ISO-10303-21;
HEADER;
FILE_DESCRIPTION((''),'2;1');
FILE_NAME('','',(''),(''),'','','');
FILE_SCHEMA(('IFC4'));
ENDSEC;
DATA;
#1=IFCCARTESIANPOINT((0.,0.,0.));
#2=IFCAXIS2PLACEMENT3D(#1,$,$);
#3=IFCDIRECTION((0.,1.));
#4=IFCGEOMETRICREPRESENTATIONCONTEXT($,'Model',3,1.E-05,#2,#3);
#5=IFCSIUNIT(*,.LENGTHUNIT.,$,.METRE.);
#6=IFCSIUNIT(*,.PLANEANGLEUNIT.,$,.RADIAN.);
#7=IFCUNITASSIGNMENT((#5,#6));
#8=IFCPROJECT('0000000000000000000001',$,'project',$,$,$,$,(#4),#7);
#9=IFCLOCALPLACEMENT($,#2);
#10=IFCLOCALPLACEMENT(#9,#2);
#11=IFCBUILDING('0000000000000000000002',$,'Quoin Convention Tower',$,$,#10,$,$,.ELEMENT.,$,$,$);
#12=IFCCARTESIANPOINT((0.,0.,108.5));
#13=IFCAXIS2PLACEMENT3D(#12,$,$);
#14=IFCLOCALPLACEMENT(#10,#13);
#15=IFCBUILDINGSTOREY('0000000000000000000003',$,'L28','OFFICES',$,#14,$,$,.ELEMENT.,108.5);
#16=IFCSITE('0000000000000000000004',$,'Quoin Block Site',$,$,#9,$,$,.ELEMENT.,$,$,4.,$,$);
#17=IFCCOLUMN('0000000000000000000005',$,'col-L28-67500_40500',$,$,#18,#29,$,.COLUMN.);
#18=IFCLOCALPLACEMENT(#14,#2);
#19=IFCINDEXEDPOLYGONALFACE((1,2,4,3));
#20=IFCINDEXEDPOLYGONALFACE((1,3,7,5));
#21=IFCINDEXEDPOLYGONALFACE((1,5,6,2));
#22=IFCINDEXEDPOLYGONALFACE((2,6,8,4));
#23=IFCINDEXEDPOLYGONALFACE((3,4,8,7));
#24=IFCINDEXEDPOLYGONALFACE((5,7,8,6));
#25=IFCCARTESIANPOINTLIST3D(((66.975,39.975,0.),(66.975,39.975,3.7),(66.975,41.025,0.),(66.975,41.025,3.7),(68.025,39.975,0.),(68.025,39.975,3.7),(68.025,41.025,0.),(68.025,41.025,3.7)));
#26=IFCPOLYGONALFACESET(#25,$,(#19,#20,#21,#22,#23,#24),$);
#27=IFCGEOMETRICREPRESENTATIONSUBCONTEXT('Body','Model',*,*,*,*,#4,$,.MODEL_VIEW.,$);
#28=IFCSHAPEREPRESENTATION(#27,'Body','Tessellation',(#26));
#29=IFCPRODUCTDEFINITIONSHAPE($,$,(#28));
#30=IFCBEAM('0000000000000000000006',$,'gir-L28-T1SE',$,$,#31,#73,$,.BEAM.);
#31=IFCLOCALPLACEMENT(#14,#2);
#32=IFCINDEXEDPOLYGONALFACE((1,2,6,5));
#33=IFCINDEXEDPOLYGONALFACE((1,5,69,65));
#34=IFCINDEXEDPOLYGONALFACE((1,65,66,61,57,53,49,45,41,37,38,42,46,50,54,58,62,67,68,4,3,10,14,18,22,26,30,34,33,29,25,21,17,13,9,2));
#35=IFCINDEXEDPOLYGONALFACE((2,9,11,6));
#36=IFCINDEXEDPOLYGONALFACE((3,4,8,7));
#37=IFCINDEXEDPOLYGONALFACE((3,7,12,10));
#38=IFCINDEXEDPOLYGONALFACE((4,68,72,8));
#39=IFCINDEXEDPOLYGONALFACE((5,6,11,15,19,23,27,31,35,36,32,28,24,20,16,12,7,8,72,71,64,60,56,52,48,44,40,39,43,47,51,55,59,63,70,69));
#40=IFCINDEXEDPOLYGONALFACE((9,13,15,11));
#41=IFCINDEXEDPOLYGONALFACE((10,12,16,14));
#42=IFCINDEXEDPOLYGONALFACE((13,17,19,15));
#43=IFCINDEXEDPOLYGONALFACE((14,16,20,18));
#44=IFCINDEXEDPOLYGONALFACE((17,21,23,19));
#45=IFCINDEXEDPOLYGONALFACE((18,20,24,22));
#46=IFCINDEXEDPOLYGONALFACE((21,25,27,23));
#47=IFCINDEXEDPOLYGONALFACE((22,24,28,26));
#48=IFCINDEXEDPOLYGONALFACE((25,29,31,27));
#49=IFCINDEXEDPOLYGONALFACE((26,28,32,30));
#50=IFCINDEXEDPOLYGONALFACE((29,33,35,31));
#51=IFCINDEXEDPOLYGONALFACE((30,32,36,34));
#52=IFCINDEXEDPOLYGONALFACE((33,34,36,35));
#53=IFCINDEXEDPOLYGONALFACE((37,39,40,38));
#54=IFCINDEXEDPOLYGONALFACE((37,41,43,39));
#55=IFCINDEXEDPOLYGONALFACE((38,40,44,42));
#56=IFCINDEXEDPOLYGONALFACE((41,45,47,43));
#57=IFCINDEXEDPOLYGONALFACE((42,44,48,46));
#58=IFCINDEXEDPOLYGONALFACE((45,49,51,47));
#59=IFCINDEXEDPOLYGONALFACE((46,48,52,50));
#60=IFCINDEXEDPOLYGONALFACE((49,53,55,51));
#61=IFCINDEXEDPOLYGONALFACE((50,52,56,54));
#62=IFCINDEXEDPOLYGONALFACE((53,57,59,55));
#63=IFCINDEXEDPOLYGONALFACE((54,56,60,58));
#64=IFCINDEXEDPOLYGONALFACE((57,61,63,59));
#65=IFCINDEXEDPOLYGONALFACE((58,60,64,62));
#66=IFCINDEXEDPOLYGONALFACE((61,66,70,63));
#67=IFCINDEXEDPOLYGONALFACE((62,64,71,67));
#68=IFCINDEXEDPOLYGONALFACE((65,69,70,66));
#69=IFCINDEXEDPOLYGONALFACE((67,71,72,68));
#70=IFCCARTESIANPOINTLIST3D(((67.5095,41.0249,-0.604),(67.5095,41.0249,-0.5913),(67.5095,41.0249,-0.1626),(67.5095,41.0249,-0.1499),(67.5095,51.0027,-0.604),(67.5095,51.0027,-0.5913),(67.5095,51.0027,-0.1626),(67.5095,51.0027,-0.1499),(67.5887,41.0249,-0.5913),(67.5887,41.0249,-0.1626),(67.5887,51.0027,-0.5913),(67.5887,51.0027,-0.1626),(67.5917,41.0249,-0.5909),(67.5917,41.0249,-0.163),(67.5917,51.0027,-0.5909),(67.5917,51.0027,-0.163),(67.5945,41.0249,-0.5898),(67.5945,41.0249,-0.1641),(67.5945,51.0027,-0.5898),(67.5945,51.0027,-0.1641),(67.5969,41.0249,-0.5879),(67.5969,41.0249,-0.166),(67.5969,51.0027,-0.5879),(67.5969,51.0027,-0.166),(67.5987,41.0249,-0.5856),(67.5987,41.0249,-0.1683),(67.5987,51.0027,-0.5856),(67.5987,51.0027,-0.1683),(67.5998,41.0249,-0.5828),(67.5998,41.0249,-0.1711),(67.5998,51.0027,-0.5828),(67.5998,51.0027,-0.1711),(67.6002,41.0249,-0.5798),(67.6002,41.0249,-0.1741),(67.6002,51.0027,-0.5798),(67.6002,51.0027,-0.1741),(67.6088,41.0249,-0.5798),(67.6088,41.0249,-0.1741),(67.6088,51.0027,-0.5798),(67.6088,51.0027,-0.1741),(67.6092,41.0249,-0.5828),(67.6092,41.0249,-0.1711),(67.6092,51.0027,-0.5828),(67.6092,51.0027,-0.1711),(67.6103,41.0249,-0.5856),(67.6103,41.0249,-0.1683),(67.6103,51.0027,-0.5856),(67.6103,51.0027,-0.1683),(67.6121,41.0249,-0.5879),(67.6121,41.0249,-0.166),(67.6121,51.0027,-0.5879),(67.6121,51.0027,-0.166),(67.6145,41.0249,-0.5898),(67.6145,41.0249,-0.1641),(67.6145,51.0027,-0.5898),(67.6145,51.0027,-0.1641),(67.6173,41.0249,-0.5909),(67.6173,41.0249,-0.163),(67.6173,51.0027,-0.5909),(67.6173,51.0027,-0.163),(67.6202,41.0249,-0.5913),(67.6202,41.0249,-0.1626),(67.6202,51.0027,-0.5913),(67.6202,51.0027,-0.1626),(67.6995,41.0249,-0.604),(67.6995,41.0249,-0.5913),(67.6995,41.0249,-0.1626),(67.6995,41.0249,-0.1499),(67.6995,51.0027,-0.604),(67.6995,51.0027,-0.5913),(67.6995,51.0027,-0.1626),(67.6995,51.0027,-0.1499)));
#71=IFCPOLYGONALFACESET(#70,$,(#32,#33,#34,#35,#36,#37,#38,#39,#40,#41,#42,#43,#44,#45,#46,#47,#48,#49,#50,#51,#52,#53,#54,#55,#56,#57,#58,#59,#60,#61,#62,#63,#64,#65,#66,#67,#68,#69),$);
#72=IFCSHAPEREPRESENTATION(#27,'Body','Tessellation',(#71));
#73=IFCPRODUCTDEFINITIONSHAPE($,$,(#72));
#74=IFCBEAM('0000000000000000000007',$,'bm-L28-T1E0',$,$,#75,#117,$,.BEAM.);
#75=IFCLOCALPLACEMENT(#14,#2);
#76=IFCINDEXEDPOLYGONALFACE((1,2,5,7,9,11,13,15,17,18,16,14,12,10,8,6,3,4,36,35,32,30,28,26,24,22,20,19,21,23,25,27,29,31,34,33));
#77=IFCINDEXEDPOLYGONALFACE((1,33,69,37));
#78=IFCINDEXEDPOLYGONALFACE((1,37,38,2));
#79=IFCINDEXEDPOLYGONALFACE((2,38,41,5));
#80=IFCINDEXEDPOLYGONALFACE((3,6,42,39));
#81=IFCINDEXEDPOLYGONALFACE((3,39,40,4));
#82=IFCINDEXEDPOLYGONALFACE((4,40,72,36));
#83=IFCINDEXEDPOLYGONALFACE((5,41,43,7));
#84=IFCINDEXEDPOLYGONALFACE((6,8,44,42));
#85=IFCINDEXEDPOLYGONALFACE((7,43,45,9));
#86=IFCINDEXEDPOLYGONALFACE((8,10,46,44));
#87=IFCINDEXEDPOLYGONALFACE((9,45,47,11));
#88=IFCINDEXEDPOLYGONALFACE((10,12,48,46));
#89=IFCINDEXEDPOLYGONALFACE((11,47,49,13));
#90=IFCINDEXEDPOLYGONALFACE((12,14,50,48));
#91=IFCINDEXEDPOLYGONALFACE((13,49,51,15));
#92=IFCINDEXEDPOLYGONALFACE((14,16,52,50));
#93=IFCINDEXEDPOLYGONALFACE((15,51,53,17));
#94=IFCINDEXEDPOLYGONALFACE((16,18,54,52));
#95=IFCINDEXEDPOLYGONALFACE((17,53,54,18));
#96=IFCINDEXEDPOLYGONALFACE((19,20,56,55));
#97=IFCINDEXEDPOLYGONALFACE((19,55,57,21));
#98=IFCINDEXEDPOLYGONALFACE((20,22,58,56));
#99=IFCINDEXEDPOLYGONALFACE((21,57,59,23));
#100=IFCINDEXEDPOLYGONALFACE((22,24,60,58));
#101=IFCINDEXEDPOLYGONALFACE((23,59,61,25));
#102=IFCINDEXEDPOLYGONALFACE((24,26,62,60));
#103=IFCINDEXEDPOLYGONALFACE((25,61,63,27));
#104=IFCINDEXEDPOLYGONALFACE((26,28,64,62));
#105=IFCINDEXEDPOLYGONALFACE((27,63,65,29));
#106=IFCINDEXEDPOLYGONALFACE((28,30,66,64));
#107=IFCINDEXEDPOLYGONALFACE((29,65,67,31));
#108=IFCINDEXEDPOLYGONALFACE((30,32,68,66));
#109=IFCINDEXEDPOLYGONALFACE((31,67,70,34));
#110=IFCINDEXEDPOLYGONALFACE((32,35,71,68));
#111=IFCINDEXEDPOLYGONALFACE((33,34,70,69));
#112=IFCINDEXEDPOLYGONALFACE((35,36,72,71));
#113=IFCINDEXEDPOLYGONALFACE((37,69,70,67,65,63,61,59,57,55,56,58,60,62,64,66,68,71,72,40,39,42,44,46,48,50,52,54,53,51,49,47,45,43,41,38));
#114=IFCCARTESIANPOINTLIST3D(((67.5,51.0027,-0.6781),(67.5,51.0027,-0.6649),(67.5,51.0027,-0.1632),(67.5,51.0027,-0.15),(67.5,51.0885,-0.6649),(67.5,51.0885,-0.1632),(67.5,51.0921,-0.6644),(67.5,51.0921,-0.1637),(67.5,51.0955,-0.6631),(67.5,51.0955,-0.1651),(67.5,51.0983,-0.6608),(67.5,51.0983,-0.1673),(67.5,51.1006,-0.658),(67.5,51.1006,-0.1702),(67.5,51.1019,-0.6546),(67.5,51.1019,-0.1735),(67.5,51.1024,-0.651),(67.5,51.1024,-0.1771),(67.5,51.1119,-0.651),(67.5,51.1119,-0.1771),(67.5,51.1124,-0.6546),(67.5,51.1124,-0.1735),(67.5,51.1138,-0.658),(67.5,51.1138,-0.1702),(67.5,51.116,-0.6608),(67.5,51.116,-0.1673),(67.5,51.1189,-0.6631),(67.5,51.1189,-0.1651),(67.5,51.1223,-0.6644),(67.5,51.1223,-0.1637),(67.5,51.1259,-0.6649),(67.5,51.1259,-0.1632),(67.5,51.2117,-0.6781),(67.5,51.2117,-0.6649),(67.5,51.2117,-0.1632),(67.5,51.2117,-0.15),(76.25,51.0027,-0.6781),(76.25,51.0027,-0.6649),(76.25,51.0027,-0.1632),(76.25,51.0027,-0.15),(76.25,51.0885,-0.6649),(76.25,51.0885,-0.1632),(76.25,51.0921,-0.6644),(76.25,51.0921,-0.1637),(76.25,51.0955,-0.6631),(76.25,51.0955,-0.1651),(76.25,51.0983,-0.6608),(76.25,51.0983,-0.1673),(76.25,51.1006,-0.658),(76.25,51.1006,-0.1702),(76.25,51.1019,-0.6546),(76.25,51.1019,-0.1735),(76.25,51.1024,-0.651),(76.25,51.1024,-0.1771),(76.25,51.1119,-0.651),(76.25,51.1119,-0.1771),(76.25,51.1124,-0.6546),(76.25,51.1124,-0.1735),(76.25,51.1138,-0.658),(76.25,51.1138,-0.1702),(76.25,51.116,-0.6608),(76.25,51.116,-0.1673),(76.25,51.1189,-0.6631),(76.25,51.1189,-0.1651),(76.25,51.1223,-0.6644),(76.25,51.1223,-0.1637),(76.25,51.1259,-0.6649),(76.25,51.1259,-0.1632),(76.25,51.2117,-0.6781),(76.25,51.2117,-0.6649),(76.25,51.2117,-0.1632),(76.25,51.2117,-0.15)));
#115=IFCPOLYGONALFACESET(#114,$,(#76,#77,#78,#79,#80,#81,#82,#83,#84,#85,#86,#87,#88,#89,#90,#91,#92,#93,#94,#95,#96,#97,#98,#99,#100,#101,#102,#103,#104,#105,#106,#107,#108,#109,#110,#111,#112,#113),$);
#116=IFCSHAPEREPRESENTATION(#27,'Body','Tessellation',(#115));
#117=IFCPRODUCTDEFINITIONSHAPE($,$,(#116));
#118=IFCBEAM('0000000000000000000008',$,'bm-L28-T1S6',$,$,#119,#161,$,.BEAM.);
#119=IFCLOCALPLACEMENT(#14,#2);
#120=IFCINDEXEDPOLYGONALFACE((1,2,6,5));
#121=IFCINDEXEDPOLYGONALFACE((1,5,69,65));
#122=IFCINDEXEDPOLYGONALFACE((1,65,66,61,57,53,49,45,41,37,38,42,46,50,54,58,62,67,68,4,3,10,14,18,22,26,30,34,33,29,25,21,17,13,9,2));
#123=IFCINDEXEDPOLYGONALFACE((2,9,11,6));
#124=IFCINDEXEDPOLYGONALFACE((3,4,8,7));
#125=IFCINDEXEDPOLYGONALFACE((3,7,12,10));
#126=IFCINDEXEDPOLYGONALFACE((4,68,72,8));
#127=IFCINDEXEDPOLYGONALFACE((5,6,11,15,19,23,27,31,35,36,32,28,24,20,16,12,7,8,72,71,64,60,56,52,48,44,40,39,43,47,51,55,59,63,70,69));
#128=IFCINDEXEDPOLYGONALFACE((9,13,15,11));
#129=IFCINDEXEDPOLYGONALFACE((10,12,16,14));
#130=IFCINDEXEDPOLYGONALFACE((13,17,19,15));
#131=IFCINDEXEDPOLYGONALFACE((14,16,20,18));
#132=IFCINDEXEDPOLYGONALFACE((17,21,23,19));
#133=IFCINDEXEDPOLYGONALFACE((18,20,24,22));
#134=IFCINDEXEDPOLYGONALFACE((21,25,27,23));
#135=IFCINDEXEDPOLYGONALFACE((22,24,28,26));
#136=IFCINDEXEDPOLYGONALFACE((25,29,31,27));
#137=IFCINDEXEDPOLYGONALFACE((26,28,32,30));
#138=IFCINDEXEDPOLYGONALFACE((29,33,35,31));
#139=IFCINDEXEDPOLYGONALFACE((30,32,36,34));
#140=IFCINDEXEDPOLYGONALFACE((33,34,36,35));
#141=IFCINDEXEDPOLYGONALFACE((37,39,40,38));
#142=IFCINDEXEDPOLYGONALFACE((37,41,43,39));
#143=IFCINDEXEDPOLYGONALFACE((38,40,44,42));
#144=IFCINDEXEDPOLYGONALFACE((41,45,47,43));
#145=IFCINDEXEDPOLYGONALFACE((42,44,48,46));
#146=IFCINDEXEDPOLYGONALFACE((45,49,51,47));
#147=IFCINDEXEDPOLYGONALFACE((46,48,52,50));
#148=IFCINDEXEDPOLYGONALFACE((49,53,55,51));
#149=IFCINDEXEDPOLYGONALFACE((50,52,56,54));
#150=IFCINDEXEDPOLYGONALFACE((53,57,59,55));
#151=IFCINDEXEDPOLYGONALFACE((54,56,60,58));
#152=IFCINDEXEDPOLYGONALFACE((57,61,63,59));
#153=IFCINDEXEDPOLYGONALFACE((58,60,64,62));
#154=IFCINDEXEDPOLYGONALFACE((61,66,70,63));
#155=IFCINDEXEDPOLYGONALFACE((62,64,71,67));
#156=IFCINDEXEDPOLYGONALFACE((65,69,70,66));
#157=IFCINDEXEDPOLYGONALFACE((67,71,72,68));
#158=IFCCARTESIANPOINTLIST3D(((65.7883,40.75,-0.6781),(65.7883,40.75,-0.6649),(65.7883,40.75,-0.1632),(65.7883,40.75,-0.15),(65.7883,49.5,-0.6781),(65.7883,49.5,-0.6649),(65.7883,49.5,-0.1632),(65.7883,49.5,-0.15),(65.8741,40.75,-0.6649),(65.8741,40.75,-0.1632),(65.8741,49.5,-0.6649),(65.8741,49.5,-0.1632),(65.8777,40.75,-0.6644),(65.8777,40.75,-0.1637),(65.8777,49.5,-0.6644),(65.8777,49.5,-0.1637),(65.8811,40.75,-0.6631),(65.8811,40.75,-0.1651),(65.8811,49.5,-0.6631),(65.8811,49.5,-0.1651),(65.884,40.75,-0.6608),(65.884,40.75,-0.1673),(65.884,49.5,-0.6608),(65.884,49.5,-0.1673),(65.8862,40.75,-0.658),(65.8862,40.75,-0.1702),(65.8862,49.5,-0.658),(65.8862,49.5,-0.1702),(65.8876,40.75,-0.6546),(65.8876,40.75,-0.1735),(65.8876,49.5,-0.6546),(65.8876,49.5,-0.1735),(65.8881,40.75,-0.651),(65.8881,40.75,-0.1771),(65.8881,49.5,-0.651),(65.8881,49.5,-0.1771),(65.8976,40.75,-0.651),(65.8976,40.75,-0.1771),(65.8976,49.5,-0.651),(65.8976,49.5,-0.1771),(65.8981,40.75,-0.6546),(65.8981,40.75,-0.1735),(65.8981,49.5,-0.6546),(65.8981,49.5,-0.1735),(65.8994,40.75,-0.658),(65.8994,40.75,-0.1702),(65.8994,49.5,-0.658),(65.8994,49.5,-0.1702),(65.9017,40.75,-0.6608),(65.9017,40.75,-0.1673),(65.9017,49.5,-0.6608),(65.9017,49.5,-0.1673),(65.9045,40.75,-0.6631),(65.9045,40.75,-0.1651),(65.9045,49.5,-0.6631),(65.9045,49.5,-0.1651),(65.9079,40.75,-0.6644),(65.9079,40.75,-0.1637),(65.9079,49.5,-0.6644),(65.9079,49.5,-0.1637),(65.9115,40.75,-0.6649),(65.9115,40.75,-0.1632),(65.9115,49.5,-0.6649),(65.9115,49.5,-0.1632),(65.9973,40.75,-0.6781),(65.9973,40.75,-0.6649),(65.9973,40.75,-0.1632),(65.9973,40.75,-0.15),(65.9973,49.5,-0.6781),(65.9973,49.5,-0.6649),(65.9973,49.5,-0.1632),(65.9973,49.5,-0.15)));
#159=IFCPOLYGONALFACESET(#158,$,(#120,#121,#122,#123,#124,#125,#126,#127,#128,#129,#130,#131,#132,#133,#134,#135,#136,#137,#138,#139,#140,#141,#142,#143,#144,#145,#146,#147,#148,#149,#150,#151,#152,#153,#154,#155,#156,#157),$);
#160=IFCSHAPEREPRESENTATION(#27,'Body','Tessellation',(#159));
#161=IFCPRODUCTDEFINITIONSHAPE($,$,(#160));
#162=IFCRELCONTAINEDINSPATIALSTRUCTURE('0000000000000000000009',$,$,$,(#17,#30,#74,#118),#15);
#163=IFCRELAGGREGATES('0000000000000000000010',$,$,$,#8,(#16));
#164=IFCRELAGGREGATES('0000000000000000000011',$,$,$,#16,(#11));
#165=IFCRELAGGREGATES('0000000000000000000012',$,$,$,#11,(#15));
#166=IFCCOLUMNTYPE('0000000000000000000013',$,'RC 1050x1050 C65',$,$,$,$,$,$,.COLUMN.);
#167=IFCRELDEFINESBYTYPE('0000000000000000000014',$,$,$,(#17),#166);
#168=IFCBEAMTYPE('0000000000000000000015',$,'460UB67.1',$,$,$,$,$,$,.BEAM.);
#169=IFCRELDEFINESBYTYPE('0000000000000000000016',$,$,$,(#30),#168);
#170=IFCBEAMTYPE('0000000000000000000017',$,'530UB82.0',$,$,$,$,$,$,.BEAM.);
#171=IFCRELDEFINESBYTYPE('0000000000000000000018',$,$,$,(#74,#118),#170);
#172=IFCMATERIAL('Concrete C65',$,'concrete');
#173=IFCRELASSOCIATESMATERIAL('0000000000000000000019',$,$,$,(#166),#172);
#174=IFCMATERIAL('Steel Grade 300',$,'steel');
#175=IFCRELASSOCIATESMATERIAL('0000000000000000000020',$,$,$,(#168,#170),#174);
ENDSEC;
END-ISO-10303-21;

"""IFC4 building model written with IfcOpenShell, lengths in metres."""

from ifc_helpers import new_model, si_unit, direction, frame, origin, origin_2d, place, context, subcontext, project, spatial, rectangle, i_section, extrude, material, material_profile, profile_set, type_object, element, save


model = new_model("IFC4")

# Units and contexts
model_context = context("Model", 3, precision=1e-05, world=origin(), true_north=direction((0.0, 1.0)))
body_context = subcontext(model_context, "Body", "Model", "MODEL_VIEW")
ifc_project = project(units=[si_unit("LENGTHUNIT", "METRE"), si_unit("PLANEANGLEUNIT", "RADIAN")], contexts=[model_context])

# Site, building, storey
site_placement = place(None, origin())
site = spatial("IfcSite", under=ifc_project, at=site_placement, Name="Quoin Block Site", CompositionType="ELEMENT", RefElevation=4.0)
building_placement = place(site_placement, origin())
building = spatial("IfcBuilding", under=site, at=building_placement, Name="Quoin Convention Tower", CompositionType="ELEMENT")
storey_placement = place(building_placement, frame((0.0, 0.0, 108.5)))
storey = spatial("IfcBuildingStorey", under=building, at=storey_placement, Name="L28", Description="OFFICES", CompositionType="ELEMENT", Elevation=108.5)

# Column
ifc_material_1 = material(Name="Concrete C65", Category="concrete")
ifc_material_profile_1 = material_profile(ifc_material_1, rectangle(XDim=1.05, YDim=1.05, at=origin_2d()), Name="RC 1050x1050")
ifc_profile_set_1 = profile_set([ifc_material_profile_1], Name="Concrete C65")
column_type = type_object("IfcColumnType", Name="RC 1050x1050 C65", PredefinedType="COLUMN", material=ifc_profile_set_1)
column_placement = place(storey_placement, frame((67.5, 40.5, 0.0), z_axis=(0.0, 0.0, 1.0), x_axis=(1.0, 0.0, 0.0)))
element("IfcColumn", 1, at=column_placement, inside=storey, type_object=column_type, Name="col-L28-67500_40500", PredefinedType="COLUMN", context=body_context, shape_type="SweptSolid", body=[
    extrude(rectangle(XDim=1.05, YDim=1.05, at=origin_2d()), origin(), (0.0, 0.0, 1.0), 3.7),
])

# Beams
ifc_material_2 = material(Name="Steel Grade 300", Category="steel")
ifc_material_profile_2 = material_profile(ifc_material_2, i_section(OverallWidth=0.1899, OverallDepth=0.4541, WebThickness=0.0085, FlangeThickness=0.0127, FilletRadius=0.0115, at=origin_2d()), Name="460UB67.1")
ifc_profile_set_2 = profile_set([ifc_material_profile_2], Name="Steel Grade 300")
beam_type_1 = type_object("IfcBeamType", Name="460UB67.1", PredefinedType="BEAM", material=ifc_profile_set_2)
beam_1_placement = place(storey_placement, frame((67.6045, 41.0249, -0.377), z_axis=(0.0, 1.0, 0.0), x_axis=(-1.0, 0.0, 0.0)))
element("IfcBeam", 2, at=beam_1_placement, inside=storey, type_object=beam_type_1, Name="gir-L28-T1SE", PredefinedType="BEAM", context=body_context, shape_type="SweptSolid", body=[
    extrude(i_section(OverallWidth=0.1899, OverallDepth=0.4541, WebThickness=0.0085, FlangeThickness=0.0127, FilletRadius=0.0115, at=origin_2d()), origin(), (0.0, 0.0, 1.0), 9.9778),
])
ifc_material_profile_3 = material_profile(ifc_material_2, i_section(OverallWidth=0.209, OverallDepth=0.5281, WebThickness=0.0095, FlangeThickness=0.0132, FilletRadius=0.0139, at=origin_2d()), Name="530UB82.0")
ifc_profile_set_3 = profile_set([ifc_material_profile_3], Name="Steel Grade 300")
beam_type_2 = type_object("IfcBeamType", Name="530UB82.0", PredefinedType="BEAM", material=ifc_profile_set_3)
for number, where, z_axis, x_axis, name in (
    (3, (67.5, 51.1072, -0.4141), (1.0, 0.0, 0.0), (0.0, 1.0, 0.0), "bm-L28-T1E0"),
    (4, (65.8928, 40.75, -0.4141), (0.0, 1.0, 0.0), (-1.0, 0.0, 0.0), "bm-L28-T1S6"),
):
    element("IfcBeam", number, at=place(storey_placement, frame(where, z_axis=z_axis, x_axis=x_axis)), inside=storey, type_object=beam_type_2, Name=name, PredefinedType="BEAM", context=body_context, shape_type="SweptSolid", body=[
        extrude(i_section(OverallWidth=0.209, OverallDepth=0.5281, WebThickness=0.0095, FlangeThickness=0.0132, FilletRadius=0.0139, at=origin_2d()), origin(), (0.0, 0.0, 1.0), 8.75),
    ])

save(model, "model.ifc")
